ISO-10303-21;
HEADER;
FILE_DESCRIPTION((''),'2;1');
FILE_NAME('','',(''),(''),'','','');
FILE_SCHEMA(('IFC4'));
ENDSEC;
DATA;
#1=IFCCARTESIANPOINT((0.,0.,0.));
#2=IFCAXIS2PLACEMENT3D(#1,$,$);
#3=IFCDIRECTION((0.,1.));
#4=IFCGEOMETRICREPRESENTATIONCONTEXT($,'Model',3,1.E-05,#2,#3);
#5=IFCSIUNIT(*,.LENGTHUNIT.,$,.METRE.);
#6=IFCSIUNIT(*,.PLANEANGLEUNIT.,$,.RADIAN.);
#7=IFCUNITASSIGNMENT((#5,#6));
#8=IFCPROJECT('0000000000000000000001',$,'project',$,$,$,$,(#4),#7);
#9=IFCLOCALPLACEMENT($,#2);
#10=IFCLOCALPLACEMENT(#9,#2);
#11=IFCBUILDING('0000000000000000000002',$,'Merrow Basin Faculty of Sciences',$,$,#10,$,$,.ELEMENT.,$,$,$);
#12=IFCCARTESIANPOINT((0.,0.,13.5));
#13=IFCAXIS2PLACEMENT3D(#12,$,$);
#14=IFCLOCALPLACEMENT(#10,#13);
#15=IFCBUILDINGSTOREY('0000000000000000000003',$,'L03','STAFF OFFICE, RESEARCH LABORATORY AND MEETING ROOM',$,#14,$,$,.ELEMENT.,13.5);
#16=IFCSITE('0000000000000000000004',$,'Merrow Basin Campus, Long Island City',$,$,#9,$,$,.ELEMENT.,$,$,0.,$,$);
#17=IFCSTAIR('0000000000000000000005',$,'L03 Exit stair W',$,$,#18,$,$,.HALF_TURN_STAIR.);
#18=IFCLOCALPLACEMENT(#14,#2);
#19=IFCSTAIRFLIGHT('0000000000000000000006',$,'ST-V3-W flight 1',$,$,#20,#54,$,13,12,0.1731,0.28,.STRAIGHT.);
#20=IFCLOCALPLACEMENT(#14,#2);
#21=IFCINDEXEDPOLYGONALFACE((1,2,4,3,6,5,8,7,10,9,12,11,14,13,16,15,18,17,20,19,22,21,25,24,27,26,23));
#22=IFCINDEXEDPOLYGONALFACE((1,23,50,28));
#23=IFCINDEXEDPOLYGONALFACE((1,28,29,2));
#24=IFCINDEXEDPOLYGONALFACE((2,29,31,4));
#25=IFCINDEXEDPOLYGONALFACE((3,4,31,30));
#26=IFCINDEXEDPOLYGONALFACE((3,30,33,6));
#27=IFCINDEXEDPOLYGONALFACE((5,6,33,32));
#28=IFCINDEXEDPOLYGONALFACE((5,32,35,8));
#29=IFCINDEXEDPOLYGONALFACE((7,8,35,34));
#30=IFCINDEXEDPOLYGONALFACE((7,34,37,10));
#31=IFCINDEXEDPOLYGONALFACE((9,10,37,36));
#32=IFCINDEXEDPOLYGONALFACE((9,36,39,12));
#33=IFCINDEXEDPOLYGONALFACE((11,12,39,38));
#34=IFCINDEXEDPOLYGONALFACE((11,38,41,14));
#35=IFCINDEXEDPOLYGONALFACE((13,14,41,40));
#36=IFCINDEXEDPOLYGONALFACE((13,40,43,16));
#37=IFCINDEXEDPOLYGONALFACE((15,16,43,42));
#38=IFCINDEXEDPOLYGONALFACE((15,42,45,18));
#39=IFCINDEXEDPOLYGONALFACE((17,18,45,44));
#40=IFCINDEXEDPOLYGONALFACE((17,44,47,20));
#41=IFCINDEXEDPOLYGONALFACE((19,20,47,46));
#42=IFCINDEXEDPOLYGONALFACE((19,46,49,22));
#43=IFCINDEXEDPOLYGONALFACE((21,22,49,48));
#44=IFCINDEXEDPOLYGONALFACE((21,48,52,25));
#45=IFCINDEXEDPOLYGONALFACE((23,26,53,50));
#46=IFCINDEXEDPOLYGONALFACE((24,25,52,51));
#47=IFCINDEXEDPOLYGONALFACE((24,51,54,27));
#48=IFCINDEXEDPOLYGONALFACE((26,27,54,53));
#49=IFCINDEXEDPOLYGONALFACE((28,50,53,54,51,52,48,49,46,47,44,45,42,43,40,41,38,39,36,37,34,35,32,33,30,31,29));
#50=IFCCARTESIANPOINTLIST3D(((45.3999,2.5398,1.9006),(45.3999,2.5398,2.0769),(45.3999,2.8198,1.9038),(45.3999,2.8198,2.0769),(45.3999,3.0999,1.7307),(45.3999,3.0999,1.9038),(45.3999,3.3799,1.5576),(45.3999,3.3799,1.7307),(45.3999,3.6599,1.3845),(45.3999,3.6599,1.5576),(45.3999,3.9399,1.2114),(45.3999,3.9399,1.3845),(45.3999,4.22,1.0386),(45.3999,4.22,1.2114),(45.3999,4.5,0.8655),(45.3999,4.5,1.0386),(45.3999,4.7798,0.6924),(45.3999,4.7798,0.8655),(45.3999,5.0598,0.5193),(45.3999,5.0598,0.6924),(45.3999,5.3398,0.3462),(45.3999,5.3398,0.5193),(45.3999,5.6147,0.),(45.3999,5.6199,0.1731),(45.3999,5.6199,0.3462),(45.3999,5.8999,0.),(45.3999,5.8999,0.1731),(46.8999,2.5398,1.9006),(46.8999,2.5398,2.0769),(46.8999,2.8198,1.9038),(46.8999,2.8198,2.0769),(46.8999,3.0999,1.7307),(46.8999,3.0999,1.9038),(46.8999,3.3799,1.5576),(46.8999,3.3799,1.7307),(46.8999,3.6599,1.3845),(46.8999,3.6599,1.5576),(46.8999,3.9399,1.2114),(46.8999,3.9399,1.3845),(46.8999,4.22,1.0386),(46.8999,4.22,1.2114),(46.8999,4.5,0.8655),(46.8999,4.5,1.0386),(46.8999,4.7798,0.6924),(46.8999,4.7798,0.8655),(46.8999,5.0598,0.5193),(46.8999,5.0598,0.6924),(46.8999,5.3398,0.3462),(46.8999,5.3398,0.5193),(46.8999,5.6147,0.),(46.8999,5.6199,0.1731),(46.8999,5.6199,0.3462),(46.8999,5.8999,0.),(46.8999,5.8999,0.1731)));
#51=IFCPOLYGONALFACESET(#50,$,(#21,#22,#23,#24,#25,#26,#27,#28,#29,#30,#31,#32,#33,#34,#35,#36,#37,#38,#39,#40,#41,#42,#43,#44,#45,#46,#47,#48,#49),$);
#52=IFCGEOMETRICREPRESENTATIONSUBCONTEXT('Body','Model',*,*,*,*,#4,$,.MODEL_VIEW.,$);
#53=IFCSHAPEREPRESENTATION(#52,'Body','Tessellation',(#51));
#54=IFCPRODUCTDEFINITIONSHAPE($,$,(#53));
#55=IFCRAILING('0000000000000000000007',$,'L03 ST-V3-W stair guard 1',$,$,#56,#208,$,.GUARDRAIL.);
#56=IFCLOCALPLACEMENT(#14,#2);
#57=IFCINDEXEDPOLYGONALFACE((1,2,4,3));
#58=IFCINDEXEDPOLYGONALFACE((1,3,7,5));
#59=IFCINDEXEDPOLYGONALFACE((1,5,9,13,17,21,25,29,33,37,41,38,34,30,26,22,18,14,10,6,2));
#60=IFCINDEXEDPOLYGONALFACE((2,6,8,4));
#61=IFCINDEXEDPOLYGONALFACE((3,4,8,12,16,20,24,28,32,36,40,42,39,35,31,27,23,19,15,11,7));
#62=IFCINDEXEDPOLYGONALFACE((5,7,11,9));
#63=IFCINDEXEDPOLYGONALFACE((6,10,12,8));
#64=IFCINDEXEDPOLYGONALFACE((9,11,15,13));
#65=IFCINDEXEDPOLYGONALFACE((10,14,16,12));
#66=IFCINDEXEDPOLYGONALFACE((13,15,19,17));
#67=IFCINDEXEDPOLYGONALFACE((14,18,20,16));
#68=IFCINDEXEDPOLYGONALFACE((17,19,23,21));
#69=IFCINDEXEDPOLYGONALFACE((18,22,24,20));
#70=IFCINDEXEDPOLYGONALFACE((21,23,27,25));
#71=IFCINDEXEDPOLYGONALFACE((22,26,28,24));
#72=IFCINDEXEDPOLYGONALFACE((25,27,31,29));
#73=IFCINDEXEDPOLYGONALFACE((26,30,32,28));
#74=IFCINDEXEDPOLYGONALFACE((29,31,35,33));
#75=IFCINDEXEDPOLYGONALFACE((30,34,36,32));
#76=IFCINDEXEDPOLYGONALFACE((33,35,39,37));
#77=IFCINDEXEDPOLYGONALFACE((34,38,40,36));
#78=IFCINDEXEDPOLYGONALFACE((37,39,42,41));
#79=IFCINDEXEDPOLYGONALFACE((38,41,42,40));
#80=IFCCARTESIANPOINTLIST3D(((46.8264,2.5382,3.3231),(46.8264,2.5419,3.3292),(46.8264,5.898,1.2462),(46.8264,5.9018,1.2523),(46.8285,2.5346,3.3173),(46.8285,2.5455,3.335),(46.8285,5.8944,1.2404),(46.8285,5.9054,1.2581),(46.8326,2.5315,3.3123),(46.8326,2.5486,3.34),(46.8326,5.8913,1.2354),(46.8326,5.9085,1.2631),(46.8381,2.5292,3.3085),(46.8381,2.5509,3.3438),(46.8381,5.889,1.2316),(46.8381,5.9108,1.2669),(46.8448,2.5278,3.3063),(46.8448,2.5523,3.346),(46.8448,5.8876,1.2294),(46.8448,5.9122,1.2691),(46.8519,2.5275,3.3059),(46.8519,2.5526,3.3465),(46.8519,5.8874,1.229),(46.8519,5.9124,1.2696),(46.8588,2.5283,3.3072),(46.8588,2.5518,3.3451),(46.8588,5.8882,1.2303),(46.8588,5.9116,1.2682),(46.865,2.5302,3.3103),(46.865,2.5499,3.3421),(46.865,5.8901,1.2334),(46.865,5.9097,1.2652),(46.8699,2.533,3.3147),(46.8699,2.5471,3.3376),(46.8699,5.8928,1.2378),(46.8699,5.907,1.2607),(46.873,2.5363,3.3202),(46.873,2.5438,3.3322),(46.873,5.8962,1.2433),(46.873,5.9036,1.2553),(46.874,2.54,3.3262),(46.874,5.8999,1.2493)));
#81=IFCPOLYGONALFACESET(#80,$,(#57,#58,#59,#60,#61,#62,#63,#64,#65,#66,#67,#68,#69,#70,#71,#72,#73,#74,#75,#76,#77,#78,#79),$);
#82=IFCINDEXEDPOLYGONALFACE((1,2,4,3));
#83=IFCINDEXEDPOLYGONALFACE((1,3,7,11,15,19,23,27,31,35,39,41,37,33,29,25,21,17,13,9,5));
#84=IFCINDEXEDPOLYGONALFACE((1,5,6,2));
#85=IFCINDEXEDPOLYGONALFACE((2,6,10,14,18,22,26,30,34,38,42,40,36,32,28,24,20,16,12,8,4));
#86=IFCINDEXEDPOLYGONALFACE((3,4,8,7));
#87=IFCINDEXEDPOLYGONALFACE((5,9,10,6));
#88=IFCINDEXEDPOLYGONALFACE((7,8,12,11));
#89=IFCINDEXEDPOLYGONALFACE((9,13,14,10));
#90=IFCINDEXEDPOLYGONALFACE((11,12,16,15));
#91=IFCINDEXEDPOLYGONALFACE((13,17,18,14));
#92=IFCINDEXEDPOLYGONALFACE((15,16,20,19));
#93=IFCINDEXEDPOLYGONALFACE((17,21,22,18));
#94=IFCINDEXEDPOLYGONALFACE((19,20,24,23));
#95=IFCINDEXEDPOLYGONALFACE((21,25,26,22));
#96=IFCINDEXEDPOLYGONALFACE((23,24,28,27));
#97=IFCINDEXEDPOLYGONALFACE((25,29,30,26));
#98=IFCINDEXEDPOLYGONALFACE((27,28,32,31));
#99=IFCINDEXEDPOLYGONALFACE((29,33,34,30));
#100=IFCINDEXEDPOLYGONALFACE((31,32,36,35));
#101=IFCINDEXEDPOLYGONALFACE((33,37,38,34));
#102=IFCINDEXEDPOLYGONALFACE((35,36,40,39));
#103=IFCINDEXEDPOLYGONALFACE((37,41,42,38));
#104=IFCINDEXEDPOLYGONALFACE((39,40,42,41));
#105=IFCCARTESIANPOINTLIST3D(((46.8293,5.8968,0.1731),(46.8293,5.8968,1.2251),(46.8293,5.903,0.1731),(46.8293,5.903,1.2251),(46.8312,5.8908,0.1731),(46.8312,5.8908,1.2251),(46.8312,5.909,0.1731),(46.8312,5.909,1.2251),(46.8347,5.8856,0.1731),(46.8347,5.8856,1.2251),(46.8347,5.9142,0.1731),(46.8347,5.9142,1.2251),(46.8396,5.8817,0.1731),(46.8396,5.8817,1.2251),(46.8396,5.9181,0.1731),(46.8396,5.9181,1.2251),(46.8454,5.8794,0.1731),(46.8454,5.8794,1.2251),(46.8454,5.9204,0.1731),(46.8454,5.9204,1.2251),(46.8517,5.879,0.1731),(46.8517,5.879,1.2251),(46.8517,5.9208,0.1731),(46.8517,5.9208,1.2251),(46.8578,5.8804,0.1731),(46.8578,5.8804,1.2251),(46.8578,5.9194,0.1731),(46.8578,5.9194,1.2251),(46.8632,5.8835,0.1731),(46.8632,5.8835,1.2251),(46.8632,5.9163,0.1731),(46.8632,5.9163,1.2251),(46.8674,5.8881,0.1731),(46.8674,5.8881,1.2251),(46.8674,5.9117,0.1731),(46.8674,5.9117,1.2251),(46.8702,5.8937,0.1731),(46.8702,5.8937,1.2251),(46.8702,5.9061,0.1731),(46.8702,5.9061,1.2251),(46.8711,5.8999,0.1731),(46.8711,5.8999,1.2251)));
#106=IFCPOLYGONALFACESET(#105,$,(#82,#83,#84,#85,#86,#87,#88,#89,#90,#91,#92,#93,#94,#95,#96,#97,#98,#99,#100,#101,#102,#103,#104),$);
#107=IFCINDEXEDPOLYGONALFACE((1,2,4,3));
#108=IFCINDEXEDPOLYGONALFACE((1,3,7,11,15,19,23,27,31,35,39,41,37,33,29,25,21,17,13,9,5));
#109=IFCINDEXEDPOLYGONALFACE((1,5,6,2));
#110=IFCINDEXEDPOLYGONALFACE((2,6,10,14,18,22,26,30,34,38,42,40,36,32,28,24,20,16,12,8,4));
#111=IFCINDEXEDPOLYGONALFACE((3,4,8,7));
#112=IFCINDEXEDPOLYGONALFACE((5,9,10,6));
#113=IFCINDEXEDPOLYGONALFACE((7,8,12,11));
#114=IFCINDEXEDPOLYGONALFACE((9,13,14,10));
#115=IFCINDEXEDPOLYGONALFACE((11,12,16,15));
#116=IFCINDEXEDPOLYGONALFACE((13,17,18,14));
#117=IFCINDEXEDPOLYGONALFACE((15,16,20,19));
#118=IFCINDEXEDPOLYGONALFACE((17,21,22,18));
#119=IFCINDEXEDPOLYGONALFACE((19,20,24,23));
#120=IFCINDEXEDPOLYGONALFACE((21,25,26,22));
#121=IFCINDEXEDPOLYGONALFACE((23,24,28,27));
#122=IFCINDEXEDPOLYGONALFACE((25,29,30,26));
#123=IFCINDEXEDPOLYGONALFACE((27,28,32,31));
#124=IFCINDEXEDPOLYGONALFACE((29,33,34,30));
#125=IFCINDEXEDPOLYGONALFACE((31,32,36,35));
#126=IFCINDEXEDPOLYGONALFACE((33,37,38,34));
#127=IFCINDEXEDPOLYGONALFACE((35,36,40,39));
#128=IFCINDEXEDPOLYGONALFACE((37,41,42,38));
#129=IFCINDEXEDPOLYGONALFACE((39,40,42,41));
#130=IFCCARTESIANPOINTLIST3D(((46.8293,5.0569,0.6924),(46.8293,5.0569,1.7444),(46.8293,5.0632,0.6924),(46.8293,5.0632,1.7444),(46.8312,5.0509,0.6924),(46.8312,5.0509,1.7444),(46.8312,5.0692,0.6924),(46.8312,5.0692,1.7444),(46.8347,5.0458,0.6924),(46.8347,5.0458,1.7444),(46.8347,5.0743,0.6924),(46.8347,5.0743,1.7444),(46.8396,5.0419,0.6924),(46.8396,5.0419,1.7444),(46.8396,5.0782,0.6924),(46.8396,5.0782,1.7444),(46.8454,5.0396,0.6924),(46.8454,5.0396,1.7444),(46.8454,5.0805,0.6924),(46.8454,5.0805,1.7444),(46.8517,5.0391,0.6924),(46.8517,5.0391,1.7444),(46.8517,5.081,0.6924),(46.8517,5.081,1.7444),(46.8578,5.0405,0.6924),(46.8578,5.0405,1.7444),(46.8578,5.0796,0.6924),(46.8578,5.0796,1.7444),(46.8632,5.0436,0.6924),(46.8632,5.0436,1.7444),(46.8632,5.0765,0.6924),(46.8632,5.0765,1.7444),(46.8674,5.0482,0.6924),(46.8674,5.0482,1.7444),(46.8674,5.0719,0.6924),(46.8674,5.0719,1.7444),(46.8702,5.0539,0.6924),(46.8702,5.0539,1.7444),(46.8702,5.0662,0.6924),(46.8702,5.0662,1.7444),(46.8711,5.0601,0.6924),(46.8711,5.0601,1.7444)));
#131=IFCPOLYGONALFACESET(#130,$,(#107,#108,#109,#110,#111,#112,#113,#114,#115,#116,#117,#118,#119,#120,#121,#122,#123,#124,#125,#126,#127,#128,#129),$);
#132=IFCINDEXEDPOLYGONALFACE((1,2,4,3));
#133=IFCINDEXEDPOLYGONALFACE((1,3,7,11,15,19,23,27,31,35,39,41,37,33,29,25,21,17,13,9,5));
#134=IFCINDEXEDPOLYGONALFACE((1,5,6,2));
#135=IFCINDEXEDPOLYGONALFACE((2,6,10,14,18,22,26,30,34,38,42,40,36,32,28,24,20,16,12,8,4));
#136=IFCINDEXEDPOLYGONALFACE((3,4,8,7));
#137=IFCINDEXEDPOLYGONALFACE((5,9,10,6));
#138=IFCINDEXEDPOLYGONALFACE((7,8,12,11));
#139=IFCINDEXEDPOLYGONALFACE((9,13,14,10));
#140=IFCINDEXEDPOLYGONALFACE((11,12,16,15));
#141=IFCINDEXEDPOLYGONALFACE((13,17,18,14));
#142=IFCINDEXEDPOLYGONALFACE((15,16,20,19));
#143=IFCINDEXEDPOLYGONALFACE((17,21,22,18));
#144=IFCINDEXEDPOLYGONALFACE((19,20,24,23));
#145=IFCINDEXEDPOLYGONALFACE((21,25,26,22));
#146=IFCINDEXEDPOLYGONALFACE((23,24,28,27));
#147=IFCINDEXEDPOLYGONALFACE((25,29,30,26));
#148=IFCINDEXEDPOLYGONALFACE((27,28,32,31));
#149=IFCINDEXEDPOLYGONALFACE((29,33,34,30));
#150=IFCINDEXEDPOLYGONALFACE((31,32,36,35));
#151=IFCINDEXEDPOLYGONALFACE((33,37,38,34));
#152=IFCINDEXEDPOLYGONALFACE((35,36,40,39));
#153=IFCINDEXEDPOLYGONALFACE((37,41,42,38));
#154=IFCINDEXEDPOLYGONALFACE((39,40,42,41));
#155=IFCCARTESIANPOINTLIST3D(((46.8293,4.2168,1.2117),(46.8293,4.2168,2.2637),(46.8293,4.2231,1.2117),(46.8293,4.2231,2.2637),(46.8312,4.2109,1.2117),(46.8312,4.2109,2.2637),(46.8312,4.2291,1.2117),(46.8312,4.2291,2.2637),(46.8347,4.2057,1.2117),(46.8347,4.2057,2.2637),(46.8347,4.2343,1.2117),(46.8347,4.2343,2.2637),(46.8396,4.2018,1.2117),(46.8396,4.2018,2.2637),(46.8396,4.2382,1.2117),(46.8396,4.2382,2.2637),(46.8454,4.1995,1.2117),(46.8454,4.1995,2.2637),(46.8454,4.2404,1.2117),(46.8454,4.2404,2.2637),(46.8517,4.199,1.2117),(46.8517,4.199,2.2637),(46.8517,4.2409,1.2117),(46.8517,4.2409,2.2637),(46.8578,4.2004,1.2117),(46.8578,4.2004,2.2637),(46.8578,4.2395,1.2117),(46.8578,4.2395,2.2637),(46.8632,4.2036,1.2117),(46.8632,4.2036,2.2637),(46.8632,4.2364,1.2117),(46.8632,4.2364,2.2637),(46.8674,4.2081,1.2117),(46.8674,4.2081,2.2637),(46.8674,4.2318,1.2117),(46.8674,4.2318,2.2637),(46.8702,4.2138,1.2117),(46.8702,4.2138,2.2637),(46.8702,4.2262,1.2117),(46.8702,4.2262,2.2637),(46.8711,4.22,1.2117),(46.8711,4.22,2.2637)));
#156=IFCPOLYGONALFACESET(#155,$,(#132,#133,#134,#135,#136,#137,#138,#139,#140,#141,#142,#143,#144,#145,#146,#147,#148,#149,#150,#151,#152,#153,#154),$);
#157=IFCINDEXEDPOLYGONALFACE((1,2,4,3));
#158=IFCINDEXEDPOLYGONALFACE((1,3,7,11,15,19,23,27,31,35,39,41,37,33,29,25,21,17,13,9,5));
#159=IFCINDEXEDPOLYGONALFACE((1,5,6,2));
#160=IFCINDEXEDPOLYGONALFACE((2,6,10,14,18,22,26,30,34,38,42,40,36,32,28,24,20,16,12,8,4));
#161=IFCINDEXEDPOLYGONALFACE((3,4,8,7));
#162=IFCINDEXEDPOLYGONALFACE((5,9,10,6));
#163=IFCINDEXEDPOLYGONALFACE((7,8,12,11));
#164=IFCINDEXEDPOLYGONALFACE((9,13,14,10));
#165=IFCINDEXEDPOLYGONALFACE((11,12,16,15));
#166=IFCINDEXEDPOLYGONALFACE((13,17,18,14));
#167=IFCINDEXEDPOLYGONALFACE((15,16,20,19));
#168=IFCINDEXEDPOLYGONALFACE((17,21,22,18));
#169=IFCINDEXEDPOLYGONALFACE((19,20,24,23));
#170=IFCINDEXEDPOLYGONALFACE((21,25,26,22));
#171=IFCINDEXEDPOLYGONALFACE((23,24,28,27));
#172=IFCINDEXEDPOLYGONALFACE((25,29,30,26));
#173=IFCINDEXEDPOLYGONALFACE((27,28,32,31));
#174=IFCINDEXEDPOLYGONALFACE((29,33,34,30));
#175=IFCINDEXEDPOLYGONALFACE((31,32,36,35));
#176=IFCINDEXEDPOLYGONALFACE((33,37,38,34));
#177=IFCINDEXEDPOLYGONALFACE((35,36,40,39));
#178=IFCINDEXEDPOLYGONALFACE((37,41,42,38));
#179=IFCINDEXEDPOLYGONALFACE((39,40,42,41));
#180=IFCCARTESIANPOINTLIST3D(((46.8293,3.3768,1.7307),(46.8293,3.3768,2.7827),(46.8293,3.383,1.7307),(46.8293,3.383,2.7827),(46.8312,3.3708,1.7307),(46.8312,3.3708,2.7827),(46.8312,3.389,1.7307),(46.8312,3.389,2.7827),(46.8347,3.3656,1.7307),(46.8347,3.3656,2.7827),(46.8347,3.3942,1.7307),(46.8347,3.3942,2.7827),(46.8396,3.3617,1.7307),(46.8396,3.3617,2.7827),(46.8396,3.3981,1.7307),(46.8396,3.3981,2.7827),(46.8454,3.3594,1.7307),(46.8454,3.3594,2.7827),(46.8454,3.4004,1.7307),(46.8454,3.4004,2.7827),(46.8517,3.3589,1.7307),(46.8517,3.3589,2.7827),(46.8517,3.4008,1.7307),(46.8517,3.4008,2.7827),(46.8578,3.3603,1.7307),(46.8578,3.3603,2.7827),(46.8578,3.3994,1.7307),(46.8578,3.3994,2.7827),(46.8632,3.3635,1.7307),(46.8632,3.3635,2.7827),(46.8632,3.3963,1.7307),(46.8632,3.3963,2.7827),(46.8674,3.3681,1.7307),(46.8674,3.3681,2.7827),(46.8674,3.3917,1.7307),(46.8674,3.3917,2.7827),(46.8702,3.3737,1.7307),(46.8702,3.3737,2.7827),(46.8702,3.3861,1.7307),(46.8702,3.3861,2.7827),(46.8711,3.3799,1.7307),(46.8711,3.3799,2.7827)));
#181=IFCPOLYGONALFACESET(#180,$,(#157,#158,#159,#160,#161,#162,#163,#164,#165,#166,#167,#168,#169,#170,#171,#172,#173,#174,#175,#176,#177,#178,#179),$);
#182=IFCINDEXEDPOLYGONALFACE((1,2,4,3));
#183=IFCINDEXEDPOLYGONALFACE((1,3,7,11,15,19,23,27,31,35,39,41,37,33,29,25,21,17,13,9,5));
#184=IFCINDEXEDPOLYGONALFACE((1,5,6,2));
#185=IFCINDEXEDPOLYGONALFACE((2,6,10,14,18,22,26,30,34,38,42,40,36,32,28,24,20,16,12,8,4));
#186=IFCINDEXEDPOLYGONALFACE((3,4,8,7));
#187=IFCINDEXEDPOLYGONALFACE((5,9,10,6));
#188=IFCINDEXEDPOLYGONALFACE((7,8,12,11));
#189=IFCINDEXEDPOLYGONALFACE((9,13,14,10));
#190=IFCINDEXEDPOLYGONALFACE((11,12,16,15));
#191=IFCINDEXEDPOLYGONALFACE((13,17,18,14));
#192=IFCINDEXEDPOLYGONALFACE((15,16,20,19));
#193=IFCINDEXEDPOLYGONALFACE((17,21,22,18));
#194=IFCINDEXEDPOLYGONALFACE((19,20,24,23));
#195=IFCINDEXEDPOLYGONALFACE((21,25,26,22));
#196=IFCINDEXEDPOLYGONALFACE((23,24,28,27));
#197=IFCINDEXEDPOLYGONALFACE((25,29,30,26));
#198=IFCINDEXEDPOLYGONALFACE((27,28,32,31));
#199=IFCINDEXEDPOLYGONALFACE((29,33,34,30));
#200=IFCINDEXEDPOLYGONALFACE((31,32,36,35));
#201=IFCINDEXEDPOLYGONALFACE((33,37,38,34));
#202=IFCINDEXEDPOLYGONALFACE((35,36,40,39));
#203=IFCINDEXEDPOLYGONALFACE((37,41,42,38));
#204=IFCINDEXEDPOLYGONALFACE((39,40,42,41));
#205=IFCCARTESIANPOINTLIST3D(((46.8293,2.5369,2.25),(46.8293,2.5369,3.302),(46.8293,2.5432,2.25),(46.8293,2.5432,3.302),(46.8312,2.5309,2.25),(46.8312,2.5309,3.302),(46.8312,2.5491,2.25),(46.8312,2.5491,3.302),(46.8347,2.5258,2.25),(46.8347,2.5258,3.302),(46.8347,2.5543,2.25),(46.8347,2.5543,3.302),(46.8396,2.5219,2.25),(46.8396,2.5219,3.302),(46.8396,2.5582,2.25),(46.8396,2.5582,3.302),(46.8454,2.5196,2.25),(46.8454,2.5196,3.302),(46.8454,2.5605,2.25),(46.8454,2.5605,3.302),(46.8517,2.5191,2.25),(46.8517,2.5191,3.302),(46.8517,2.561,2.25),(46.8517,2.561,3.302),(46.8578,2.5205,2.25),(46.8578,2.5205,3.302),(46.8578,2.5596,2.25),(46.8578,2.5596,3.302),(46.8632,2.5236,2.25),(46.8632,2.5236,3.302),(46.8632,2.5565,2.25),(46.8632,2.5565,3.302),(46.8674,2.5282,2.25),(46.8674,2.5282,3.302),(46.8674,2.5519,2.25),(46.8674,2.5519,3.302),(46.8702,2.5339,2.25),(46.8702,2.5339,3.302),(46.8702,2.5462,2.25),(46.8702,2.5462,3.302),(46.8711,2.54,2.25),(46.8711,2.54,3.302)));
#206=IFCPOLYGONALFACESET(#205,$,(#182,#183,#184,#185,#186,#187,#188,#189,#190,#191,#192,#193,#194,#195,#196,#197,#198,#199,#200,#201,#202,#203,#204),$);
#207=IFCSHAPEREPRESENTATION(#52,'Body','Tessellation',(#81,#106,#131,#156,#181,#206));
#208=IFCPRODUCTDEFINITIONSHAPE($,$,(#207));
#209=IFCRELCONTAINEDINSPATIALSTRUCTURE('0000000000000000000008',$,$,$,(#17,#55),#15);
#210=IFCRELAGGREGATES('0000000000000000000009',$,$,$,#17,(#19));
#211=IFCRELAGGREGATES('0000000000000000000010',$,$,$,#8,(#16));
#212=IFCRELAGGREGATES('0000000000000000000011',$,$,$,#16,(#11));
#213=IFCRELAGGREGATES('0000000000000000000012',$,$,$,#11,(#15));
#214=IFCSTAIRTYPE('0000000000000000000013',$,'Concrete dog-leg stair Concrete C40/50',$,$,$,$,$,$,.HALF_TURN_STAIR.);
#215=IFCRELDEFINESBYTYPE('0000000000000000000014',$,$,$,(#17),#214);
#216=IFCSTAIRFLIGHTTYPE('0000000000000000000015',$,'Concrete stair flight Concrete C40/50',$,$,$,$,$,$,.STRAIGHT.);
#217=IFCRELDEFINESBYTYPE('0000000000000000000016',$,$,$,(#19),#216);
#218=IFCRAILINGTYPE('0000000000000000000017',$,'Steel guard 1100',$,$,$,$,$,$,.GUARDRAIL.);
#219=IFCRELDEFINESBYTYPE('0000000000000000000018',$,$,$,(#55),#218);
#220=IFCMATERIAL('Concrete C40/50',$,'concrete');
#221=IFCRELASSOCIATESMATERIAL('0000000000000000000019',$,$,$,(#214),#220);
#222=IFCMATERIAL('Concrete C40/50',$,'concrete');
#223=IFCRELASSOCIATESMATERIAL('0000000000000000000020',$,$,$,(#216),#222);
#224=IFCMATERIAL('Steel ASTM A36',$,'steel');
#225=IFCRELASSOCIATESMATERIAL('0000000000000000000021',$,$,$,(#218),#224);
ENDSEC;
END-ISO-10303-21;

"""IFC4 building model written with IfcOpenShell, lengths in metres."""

from ifc_helpers import new_model, si_unit, direction, frame, origin, origin_2d, place, context, subcontext, project, spatial, polyline, circle, outline, extrude, material, type_object, element, aggregate, save


model = new_model("IFC4")

# Units and contexts
model_context = context("Model", 3, precision=1e-05, world=origin(), true_north=direction((0.0, 1.0)))
body_context = subcontext(model_context, "Body", "Model", "MODEL_VIEW")
ifc_project = project(units=[si_unit("LENGTHUNIT", "METRE"), si_unit("PLANEANGLEUNIT", "RADIAN")], contexts=[model_context])

# Site, building, storey
site_placement = place(None, origin())
site = spatial("IfcSite", under=ifc_project, at=site_placement, Name="Merrow Basin Campus, Long Island City", CompositionType="ELEMENT", RefElevation=0.0)
building_placement = place(site_placement, origin())
building = spatial("IfcBuilding", under=site, at=building_placement, Name="Merrow Basin Faculty of Sciences", CompositionType="ELEMENT")
storey_placement = place(building_placement, frame((0.0, 0.0, 13.5)))
storey = spatial("IfcBuildingStorey", under=building, at=storey_placement, Name="L03", Description="STAFF OFFICE, RESEARCH LABORATORY AND MEETING ROOM", CompositionType="ELEMENT", Elevation=13.5)

# Stair, stair flight
ifc_material_1 = material(Name="Concrete C40/50", Category="concrete")
stair_type = type_object("IfcStairType", Name="Concrete dog-leg stair Concrete C40/50", PredefinedType="HALF_TURN_STAIR", material=ifc_material_1)
stair_placement = place(storey_placement, origin())
stair = element("IfcStair", 1, at=stair_placement, inside=storey, type_object=stair_type, Name="L03 Exit stair W", PredefinedType="HALF_TURN_STAIR")
ifc_material_2 = material(Name="Concrete C40/50", Category="concrete")
stair_flight_type = type_object("IfcStairFlightType", Name="Concrete stair flight Concrete C40/50", PredefinedType="STRAIGHT", material=ifc_material_2)
stair_flight_placement = place(storey_placement, frame((46.1499, 5.8999, 0.0), z_axis=(0.0, 0.0, 1.0), x_axis=(0.0, -1.0, 0.0)))
stair_flight = element("IfcStairFlight", 2, at=stair_flight_placement, type_object=stair_flight_type, Name="ST-V3-W flight 1", NumberOfRisers=13, NumberOfTreads=12, PredefinedType="STRAIGHT", RiserHeight=0.1731, TreadLength=0.28, context=body_context, shape_type="SweptSolid", body=[
    extrude(outline(polyline([(0.0, 0.0), (0.0, 0.1731), (0.28, 0.1731), (0.28, 0.3462), (0.5601, 0.3462), (0.5601, 0.5193), (0.8401, 0.5193), (0.8401, 0.6924), (1.1201, 0.6924), (1.1201, 0.8655), (1.3999, 0.8655), (1.3999, 1.0386), (1.6799, 1.0386), (1.6799, 1.2114), (1.96, 1.2114), (1.96, 1.3845), (2.24, 1.3845), (2.24, 1.5576), (2.52, 1.5576), (2.52, 1.7307), (2.8, 1.7307), (2.8, 1.9038), (3.0801, 1.9038), (3.0801, 2.0769), (3.3601, 2.0769), (3.3601, 2.25), (3.3601, 1.9006), (0.2852, 0.0), (0.0, 0.0)])), frame((0.0, 0.75, 0.0), z_axis=(0.0, -1.0, 0.0), x_axis=(1.0, 0.0, 0.0)), (0.0, 0.0, 1.0), 1.5),
])
aggregate(stair, [stair_flight])

# Railing
ifc_material_3 = material(Name="Steel ASTM A36", Category="steel")
railing_type_1 = type_object("IfcRailingType", Name="Steel guard 1100", PredefinedType="GUARDRAIL", material=ifc_material_3)
railing_1_placement = place(storey_placement, frame((46.8501, 5.8999, 0.1731)))
element("IfcRailing", 3, at=railing_1_placement, inside=storey, type_object=railing_type_1, Name="L03 ST-V3-W stair guard 1", PredefinedType="GUARDRAIL", context=body_context, shape_type="SweptSolid", body=[
    extrude(circle(Radius=0.0239, at=origin_2d()), frame((0.0, 0.0, 1.0762), z_axis=(0.0, -0.850606, 0.525803), x_axis=(1.0, 0.0, 0.0)), (0.0, 0.0, 1.0), 3.95),
    extrude(circle(Radius=0.021, at=origin_2d()), origin(), (0.0, 0.0, 1.0), 1.052),
    extrude(circle(Radius=0.021, at=origin_2d()), frame((0.0, -0.8398, 0.5193)), (0.0, 0.0, 1.0), 1.052),
    extrude(circle(Radius=0.021, at=origin_2d()), frame((0.0, -1.6799, 1.0386)), (0.0, 0.0, 1.0), 1.052),
    extrude(circle(Radius=0.021, at=origin_2d()), frame((0.0, -2.52, 1.5576)), (0.0, 0.0, 1.0), 1.052),
    extrude(circle(Radius=0.021, at=origin_2d()), frame((0.0, -3.3599, 2.0769)), (0.0, 0.0, 1.0), 1.052),
])

save(model, "model.ifc")
